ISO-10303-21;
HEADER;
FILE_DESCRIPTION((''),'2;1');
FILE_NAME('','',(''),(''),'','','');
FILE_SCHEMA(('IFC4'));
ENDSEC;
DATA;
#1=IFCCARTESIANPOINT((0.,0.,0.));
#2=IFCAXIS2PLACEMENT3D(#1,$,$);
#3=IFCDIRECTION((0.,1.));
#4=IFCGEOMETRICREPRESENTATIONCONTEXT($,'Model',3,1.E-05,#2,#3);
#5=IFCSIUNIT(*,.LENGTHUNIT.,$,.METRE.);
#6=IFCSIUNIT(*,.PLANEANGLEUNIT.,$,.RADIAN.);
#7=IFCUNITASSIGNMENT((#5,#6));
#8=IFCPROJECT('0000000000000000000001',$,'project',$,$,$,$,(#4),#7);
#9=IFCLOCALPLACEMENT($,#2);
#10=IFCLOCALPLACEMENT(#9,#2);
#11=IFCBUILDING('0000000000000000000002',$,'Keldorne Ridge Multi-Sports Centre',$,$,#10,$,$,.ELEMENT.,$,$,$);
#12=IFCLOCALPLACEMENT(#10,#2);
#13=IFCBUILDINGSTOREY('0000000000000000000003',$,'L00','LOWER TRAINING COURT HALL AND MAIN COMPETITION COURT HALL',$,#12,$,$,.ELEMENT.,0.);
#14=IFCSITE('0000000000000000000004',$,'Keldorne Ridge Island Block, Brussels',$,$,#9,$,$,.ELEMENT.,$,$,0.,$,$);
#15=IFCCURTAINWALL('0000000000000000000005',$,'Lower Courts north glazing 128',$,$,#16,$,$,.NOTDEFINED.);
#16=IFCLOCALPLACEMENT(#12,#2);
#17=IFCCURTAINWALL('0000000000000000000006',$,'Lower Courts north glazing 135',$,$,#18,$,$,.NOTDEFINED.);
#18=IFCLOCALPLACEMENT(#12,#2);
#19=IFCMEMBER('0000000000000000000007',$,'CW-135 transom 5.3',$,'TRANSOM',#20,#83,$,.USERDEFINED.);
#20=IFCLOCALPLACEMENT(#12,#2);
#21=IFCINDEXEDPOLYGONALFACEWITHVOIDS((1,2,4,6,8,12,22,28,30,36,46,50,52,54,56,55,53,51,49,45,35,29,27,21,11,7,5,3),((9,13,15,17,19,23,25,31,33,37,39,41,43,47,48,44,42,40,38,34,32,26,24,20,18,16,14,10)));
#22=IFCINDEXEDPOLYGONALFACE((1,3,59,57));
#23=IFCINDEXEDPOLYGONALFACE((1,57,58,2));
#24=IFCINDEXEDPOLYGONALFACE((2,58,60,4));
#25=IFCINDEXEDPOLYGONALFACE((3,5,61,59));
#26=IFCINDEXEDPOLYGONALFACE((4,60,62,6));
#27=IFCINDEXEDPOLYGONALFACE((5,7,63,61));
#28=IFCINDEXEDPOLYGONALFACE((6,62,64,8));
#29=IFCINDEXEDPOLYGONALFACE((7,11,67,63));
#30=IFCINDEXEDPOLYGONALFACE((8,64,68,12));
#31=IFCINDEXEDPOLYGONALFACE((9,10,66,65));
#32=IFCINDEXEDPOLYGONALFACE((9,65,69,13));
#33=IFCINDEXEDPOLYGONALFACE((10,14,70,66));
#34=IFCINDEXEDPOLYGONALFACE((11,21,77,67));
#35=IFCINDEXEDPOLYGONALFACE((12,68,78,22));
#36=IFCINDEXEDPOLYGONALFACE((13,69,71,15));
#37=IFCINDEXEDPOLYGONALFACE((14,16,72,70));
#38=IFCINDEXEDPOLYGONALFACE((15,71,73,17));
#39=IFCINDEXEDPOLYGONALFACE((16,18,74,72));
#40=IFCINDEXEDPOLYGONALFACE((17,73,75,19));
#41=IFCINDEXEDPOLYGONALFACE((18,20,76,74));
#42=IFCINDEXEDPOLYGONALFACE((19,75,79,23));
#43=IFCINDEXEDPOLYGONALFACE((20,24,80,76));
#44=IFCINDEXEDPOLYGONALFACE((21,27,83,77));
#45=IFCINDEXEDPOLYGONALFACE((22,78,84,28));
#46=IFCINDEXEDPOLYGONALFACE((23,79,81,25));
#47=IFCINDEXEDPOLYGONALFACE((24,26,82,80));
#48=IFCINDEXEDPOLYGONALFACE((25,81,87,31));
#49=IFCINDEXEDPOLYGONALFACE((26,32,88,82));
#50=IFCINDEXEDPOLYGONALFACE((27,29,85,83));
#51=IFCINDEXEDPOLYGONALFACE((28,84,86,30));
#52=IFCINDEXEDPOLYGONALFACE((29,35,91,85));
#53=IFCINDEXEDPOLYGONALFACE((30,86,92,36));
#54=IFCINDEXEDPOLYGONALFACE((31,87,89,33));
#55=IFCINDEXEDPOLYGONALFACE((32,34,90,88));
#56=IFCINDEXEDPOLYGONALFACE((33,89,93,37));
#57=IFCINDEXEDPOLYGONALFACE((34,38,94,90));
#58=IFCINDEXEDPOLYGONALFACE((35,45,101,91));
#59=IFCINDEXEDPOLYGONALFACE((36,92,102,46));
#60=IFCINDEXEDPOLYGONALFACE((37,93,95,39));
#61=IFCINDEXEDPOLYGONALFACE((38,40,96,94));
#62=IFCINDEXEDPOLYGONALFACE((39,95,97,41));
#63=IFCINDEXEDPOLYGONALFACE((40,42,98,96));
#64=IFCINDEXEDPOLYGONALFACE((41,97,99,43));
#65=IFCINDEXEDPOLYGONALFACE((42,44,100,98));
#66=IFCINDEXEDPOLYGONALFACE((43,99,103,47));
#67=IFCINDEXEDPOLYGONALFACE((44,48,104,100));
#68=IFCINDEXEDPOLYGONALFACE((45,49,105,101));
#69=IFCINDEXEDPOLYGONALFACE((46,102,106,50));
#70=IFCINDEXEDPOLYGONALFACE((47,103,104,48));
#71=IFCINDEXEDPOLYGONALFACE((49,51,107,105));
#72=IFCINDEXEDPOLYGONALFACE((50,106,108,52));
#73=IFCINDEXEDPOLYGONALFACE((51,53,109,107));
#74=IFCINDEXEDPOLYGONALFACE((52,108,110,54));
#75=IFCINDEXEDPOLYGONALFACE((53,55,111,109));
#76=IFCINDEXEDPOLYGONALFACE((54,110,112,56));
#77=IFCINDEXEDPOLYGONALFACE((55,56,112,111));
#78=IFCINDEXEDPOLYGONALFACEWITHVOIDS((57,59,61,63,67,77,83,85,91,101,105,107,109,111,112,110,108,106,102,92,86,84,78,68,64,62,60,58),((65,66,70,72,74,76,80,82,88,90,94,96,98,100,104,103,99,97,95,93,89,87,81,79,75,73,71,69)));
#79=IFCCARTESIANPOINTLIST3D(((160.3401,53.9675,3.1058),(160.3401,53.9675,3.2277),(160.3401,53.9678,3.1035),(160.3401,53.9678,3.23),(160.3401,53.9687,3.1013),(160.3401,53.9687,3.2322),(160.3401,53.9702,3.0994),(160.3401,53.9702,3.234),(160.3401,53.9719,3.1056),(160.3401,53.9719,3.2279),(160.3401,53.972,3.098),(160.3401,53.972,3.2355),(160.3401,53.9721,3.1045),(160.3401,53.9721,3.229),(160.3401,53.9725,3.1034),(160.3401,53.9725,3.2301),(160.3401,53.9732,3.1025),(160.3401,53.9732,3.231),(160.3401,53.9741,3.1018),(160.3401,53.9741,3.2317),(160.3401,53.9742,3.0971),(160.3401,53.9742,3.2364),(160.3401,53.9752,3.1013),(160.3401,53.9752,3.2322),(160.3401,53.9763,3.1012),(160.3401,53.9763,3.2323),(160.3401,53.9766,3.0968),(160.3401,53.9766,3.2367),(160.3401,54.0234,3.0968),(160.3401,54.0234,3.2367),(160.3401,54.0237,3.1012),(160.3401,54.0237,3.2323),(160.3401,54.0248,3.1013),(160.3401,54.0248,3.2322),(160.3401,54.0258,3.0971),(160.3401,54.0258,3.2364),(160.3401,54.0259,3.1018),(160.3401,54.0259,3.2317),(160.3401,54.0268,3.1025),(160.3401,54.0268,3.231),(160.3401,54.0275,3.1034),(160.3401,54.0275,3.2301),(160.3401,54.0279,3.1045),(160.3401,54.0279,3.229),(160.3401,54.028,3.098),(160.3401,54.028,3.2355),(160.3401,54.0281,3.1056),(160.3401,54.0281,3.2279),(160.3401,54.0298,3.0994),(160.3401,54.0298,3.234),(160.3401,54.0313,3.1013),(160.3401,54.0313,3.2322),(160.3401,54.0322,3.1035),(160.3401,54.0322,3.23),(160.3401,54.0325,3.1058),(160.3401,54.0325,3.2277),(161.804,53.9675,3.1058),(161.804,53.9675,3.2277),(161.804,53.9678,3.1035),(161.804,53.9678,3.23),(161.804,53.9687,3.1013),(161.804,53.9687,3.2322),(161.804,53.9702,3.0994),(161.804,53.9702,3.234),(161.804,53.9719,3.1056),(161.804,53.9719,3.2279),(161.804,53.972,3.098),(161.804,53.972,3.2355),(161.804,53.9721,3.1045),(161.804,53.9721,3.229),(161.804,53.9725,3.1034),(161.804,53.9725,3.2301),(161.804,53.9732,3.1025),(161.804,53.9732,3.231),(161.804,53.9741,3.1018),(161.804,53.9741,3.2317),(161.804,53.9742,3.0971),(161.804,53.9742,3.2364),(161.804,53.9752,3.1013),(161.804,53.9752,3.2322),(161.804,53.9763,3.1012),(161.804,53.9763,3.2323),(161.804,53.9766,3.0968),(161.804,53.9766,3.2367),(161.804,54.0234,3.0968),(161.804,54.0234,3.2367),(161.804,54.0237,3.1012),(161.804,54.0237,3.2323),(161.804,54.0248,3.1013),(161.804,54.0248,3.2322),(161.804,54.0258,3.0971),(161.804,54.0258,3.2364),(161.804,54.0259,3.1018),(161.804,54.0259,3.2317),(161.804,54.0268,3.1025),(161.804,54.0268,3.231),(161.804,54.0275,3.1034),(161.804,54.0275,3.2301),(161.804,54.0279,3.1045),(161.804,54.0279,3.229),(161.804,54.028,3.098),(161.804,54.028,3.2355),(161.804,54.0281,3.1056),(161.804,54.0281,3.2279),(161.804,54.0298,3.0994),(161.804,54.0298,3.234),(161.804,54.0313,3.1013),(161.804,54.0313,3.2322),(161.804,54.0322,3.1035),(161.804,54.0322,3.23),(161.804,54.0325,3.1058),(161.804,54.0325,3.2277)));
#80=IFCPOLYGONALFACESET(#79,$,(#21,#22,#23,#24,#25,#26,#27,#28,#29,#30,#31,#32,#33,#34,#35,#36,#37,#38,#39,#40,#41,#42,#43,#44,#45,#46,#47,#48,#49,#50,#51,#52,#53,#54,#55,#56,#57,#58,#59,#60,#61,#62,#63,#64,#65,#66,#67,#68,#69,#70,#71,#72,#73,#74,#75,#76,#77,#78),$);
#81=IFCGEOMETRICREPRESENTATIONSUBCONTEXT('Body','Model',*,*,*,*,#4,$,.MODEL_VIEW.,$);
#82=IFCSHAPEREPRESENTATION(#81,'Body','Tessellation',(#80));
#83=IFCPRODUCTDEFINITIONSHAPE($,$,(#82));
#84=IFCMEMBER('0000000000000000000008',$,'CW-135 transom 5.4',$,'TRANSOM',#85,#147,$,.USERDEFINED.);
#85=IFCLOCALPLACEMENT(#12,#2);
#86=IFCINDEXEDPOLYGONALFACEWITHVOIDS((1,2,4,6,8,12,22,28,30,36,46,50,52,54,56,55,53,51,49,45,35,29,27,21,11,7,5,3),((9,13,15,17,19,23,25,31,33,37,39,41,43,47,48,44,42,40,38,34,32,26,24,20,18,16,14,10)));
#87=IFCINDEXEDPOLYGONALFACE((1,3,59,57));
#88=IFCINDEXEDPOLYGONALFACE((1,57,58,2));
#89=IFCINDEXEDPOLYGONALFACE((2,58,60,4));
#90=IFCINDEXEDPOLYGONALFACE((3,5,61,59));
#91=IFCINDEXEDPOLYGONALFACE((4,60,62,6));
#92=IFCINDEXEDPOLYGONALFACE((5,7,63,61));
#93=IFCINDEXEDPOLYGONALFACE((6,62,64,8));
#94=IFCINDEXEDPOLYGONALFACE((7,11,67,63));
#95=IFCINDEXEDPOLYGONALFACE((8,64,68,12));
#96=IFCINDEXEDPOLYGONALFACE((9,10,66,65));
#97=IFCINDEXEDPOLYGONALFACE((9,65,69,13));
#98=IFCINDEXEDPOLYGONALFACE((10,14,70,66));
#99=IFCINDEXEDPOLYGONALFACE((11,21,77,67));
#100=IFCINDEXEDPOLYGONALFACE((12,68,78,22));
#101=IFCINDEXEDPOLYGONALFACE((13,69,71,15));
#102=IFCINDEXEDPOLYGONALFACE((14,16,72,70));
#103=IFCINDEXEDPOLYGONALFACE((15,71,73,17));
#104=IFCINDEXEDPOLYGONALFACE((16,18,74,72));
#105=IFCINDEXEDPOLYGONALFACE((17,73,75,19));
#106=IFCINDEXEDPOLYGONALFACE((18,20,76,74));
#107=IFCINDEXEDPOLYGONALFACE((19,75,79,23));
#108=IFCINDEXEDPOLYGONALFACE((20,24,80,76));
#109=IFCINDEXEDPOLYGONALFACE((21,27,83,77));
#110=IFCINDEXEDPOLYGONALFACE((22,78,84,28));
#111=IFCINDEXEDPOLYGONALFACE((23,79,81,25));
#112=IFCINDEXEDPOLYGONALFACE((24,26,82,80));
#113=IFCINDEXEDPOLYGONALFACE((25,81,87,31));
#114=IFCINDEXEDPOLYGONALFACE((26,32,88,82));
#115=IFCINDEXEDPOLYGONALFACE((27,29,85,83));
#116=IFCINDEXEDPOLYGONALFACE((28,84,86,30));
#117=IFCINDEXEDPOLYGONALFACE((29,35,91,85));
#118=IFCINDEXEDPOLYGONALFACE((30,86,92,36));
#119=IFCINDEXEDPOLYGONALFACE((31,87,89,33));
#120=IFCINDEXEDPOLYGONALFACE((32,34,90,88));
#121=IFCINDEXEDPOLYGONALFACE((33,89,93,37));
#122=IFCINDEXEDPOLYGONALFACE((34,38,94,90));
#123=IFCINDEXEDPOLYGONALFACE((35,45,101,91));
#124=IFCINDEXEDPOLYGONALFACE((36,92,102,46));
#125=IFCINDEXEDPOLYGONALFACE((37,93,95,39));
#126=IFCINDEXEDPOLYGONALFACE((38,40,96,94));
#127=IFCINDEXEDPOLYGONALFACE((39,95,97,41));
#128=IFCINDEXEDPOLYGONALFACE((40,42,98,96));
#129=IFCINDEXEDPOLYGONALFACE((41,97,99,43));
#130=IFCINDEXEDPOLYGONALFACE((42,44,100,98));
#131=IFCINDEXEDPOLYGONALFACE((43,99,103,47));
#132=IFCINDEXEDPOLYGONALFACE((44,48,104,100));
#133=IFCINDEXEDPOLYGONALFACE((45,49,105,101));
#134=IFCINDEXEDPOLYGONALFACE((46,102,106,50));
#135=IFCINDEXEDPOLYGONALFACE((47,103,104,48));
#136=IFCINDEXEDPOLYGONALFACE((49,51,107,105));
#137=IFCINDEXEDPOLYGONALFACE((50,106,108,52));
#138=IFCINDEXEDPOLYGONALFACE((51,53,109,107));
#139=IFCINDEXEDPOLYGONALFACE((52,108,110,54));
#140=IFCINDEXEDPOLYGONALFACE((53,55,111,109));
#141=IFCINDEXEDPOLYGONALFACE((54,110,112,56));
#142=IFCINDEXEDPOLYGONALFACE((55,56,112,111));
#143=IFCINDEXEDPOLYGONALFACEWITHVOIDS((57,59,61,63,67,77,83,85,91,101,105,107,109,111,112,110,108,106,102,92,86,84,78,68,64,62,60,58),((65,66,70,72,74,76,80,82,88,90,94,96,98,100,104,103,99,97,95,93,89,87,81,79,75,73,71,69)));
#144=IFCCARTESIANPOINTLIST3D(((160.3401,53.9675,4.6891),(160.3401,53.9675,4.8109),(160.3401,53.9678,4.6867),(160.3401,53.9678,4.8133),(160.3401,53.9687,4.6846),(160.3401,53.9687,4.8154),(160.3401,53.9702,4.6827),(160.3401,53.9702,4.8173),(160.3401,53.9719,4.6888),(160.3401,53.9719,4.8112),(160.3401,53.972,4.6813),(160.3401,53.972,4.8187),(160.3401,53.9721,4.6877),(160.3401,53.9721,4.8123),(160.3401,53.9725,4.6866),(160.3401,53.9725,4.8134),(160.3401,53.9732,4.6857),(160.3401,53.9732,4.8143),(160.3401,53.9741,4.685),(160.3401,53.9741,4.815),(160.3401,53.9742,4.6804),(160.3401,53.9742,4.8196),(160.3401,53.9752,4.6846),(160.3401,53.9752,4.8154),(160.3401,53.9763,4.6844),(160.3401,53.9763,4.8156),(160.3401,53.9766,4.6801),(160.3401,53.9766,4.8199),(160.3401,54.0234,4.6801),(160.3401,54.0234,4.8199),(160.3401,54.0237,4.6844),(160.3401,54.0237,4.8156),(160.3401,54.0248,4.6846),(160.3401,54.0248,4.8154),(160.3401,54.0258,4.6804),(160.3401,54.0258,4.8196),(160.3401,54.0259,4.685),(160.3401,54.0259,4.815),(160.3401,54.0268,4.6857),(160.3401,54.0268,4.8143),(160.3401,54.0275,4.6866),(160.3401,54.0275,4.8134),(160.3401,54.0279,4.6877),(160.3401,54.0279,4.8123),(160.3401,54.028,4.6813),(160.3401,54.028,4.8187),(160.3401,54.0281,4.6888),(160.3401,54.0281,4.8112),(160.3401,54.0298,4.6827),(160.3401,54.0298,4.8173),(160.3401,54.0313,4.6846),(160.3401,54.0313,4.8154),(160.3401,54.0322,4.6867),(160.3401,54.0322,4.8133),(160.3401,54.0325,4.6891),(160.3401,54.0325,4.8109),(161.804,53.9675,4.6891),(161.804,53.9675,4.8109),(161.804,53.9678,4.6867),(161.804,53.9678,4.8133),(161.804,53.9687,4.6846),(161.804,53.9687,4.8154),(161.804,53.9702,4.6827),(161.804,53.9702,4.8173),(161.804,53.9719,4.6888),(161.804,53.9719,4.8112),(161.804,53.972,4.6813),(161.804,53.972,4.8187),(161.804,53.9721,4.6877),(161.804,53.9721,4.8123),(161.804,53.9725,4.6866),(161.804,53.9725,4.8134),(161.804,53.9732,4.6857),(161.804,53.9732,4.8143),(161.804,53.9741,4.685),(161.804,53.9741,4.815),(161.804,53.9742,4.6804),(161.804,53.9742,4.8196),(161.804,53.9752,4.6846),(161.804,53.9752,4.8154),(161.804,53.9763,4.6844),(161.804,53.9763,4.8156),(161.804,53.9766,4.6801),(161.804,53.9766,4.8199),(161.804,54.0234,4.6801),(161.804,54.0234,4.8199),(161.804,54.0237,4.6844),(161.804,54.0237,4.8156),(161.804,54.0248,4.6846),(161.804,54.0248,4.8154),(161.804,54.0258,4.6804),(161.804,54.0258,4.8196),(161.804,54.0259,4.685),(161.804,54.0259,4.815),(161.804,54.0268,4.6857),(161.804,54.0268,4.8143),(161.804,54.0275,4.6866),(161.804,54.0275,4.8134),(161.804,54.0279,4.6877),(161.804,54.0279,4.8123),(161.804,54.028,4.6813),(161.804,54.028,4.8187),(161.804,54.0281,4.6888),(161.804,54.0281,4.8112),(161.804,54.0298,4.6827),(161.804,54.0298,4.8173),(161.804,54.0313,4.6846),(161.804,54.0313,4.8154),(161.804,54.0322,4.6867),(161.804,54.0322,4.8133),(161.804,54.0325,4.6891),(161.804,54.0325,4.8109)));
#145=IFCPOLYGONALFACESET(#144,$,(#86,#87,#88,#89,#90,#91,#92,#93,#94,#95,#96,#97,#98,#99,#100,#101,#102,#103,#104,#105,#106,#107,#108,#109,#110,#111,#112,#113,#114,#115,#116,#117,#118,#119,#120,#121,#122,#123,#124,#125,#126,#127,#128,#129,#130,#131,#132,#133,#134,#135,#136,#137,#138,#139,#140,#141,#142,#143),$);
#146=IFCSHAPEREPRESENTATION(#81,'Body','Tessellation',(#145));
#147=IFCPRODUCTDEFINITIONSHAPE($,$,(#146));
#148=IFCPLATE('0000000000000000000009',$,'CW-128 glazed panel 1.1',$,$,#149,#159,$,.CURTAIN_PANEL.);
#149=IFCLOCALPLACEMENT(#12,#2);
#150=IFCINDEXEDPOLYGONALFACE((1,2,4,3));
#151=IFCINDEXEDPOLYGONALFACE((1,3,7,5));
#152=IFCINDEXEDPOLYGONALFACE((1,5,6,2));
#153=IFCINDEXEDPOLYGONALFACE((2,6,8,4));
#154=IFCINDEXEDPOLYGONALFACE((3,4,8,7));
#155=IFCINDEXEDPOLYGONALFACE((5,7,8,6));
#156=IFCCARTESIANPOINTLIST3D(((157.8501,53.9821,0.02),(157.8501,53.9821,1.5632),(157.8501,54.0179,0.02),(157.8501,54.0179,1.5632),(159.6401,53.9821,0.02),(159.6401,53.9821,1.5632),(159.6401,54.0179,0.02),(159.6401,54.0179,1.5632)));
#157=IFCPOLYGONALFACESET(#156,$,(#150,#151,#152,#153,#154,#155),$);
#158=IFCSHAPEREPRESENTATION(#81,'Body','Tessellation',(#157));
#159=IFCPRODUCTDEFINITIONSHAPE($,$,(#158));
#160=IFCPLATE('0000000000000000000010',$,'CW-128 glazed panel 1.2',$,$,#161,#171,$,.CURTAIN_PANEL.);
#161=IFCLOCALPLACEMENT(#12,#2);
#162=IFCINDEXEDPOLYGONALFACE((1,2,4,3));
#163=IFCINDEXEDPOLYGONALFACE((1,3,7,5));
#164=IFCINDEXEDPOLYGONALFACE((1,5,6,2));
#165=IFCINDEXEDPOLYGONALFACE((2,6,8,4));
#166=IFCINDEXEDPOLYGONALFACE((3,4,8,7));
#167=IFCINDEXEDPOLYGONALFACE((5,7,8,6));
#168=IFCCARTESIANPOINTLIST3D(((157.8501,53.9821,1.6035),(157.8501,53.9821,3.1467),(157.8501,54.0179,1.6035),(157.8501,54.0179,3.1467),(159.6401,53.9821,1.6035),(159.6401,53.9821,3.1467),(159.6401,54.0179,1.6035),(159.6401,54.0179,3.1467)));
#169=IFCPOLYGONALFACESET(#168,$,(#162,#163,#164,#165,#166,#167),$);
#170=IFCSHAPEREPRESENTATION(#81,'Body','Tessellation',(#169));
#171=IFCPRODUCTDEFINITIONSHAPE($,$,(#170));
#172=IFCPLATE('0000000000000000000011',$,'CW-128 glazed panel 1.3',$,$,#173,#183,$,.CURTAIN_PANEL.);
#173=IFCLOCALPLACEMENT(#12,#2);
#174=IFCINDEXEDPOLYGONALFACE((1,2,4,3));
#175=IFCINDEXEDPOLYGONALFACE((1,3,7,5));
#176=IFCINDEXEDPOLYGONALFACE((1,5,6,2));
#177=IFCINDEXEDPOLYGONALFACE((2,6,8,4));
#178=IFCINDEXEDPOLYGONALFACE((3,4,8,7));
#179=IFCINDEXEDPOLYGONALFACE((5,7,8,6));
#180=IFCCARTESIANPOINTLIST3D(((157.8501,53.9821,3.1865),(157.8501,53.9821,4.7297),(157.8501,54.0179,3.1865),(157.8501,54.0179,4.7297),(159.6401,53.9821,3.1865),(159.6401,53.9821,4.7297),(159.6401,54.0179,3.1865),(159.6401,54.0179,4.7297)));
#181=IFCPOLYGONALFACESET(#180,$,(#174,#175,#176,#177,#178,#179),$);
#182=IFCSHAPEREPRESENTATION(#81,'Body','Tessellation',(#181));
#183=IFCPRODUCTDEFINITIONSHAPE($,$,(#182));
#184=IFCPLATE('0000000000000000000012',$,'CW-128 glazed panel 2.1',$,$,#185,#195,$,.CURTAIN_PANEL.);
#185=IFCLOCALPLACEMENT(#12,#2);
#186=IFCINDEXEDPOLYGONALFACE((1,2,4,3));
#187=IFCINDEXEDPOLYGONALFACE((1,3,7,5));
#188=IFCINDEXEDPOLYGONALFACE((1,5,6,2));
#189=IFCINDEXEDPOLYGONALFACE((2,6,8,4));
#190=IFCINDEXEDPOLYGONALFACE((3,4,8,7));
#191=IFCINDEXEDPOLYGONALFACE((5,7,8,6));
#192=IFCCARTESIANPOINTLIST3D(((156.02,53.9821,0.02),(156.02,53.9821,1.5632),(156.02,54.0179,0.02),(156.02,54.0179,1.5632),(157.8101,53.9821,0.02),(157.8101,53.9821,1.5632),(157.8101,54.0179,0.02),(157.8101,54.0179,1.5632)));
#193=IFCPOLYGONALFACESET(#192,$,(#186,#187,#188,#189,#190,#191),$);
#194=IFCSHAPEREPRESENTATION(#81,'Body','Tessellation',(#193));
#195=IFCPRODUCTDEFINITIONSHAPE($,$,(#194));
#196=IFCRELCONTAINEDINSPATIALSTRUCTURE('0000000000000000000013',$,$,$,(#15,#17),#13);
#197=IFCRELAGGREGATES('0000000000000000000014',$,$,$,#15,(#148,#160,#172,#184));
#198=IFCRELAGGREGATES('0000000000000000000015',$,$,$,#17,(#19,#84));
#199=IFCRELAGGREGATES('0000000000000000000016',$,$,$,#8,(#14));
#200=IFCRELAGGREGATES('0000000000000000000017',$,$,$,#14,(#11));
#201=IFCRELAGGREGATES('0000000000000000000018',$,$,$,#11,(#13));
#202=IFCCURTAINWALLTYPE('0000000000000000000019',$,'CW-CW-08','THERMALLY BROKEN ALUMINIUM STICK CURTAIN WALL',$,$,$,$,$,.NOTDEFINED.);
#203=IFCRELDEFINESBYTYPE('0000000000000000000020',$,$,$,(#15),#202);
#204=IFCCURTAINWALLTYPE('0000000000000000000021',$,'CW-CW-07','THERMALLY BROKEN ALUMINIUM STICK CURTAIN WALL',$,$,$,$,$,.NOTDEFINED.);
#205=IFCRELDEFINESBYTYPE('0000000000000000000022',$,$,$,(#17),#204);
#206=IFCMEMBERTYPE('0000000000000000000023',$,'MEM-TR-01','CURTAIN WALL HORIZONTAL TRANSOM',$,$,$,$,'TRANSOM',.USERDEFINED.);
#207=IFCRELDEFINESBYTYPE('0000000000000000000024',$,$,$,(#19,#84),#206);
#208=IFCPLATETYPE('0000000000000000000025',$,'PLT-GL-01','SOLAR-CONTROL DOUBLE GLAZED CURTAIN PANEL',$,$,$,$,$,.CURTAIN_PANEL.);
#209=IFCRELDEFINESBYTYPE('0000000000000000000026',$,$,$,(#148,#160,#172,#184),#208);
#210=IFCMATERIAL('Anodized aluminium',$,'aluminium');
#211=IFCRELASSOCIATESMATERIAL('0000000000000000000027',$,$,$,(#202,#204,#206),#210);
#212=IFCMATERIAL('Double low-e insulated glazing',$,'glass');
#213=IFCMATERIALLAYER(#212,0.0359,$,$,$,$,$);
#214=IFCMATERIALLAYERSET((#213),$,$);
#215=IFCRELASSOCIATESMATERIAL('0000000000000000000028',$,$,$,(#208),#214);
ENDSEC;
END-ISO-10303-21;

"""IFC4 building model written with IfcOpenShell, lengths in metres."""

from ifc_helpers import new_model, si_unit, direction, frame, origin, origin_2d, place, context, subcontext, project, spatial, rectangle, hollow_rectangle, extrude, material, layer, layer_set, material_profile, profile_set, type_object, element, aggregate, save


model = new_model("IFC4")

# Units and contexts
model_context = context("Model", 3, precision=1e-05, world=origin(), true_north=direction((0.0, 1.0)))
body_context = subcontext(model_context, "Body", "Model", "MODEL_VIEW")
ifc_project = project(units=[si_unit("LENGTHUNIT", "METRE"), si_unit("PLANEANGLEUNIT", "RADIAN")], contexts=[model_context])

# Site, building, storey
site_placement = place(None, origin())
site = spatial("IfcSite", under=ifc_project, at=site_placement, Name="Keldorne Ridge Island Block, Brussels", CompositionType="ELEMENT", RefElevation=0.0)
building_placement = place(site_placement, origin())
building = spatial("IfcBuilding", under=site, at=building_placement, Name="Keldorne Ridge Multi-Sports Centre", CompositionType="ELEMENT")
storey_placement = place(building_placement, origin())
storey = spatial("IfcBuildingStorey", under=building, at=storey_placement, Name="L00", Description="LOWER TRAINING COURT HALL AND MAIN COMPETITION COURT HALL", CompositionType="ELEMENT", Elevation=0.0)

# Curtain walls
ifc_material_1 = material(Name="Anodized aluminium", Category="aluminium")
curtain_wall_type_1 = type_object("IfcCurtainWallType", Name="CW-CW-08", Description="THERMALLY BROKEN ALUMINIUM STICK CURTAIN WALL", PredefinedType="NOTDEFINED", material=ifc_material_1)
curtain_wall_1_placement = place(storey_placement, origin())
curtain_wall_1 = element("IfcCurtainWall", 1, at=curtain_wall_1_placement, inside=storey, type_object=curtain_wall_type_1, Name="Lower Courts north glazing 128", PredefinedType="NOTDEFINED")
curtain_wall_type_2 = type_object("IfcCurtainWallType", Name="CW-CW-07", Description="THERMALLY BROKEN ALUMINIUM STICK CURTAIN WALL", PredefinedType="NOTDEFINED", material=ifc_material_1)
curtain_wall_2_placement = place(storey_placement, origin())
curtain_wall_2 = element("IfcCurtainWall", 2, at=curtain_wall_2_placement, inside=storey, type_object=curtain_wall_type_2, Name="Lower Courts north glazing 135", PredefinedType="NOTDEFINED")

# Members
ifc_material_profile_1 = material_profile(ifc_material_1, hollow_rectangle(XDim=0.0649, YDim=0.1399, WallThickness=0.0044, InnerFilletRadius=0.0044, OuterFilletRadius=0.009, at=origin_2d()), Name="ALU TRANSOM 140x65x4.5")
ifc_profile_set_1 = profile_set([ifc_material_profile_1], Name="Anodized aluminium")
member_type_1 = type_object("IfcMemberType", Name="MEM-TR-01", Description="CURTAIN WALL HORIZONTAL TRANSOM", ElementType="TRANSOM", PredefinedType="USERDEFINED", material=ifc_profile_set_1)
member_1_placement = place(storey_placement, frame((161.804, 54.0, 3.1667), z_axis=(-1.0, 0.0, 0.0), x_axis=(0.0, -1.0, 0.0)))
member_1 = element("IfcMember", 3, at=member_1_placement, type_object=member_type_1, Name="CW-135 transom 5.3", ObjectType="TRANSOM", PredefinedType="USERDEFINED", context=body_context, shape_type="SweptSolid", body=[
    extrude(hollow_rectangle(XDim=0.0649, YDim=0.1399, WallThickness=0.0044, InnerFilletRadius=0.0044, OuterFilletRadius=0.009, at=origin_2d()), origin(), (0.0, 0.0, 1.0), 1.4639),
])
member_2_placement = place(storey_placement, frame((161.804, 54.0, 4.75), z_axis=(-1.0, 0.0, 0.0), x_axis=(0.0, -1.0, 0.0)))
member_2 = element("IfcMember", 4, at=member_2_placement, type_object=member_type_1, Name="CW-135 transom 5.4", ObjectType="TRANSOM", PredefinedType="USERDEFINED", context=body_context, shape_type="SweptSolid", body=[
    extrude(hollow_rectangle(XDim=0.0649, YDim=0.1399, WallThickness=0.0044, InnerFilletRadius=0.0044, OuterFilletRadius=0.009, at=origin_2d()), origin(), (0.0, 0.0, 1.0), 1.4639),
])

# Plates
ifc_material_2 = material(Name="Double low-e insulated glazing", Category="glass")
ifc_layer_1 = layer(ifc_material_2, 0.0359)
ifc_layer_set_1 = layer_set([ifc_layer_1])
plate_type_1 = type_object("IfcPlateType", Name="PLT-GL-01", Description="SOLAR-CONTROL DOUBLE GLAZED CURTAIN PANEL", PredefinedType="CURTAIN_PANEL", material=ifc_layer_set_1)
plate_1_placement = place(storey_placement, frame((158.7451, 54.0, 0.02), z_axis=(0.0, 0.0, 1.0), x_axis=(-1.0, 0.0, 0.0)))
plate_1 = element("IfcPlate", 5, at=plate_1_placement, type_object=plate_type_1, Name="CW-128 glazed panel 1.1", PredefinedType="CURTAIN_PANEL", context=body_context, shape_type="SweptSolid", body=[
    extrude(rectangle(XDim=1.79, YDim=0.0359, at=origin_2d()), origin(), (0.0, 0.0, 1.0), 1.5432),
])
plate_2_placement = place(storey_placement, frame((158.7451, 54.0, 1.6035), z_axis=(0.0, 0.0, 1.0), x_axis=(-1.0, 0.0, 0.0)))
plate_2 = element("IfcPlate", 6, at=plate_2_placement, type_object=plate_type_1, Name="CW-128 glazed panel 1.2", PredefinedType="CURTAIN_PANEL", context=body_context, shape_type="SweptSolid", body=[
    extrude(rectangle(XDim=1.79, YDim=0.0359, at=origin_2d()), origin(), (0.0, 0.0, 1.0), 1.5432),
])
plate_3_placement = place(storey_placement, frame((158.7451, 54.0, 3.1865), z_axis=(0.0, 0.0, 1.0), x_axis=(-1.0, 0.0, 0.0)))
plate_3 = element("IfcPlate", 7, at=plate_3_placement, type_object=plate_type_1, Name="CW-128 glazed panel 1.3", PredefinedType="CURTAIN_PANEL", context=body_context, shape_type="SweptSolid", body=[
    extrude(rectangle(XDim=1.79, YDim=0.0359, at=origin_2d()), origin(), (0.0, 0.0, 1.0), 1.5432),
])
plate_4_placement = place(storey_placement, frame((156.915, 54.0, 0.02), z_axis=(0.0, 0.0, 1.0), x_axis=(-1.0, 0.0, 0.0)))
plate_4 = element("IfcPlate", 8, at=plate_4_placement, type_object=plate_type_1, Name="CW-128 glazed panel 2.1", PredefinedType="CURTAIN_PANEL", context=body_context, shape_type="SweptSolid", body=[
    extrude(rectangle(XDim=1.79, YDim=0.0359, at=origin_2d()), origin(), (0.0, 0.0, 1.0), 1.5432),
])
aggregate(curtain_wall_1, [plate_1, plate_2, plate_3, plate_4])
aggregate(curtain_wall_2, [member_1, member_2])

save(model, "model.ifc")
